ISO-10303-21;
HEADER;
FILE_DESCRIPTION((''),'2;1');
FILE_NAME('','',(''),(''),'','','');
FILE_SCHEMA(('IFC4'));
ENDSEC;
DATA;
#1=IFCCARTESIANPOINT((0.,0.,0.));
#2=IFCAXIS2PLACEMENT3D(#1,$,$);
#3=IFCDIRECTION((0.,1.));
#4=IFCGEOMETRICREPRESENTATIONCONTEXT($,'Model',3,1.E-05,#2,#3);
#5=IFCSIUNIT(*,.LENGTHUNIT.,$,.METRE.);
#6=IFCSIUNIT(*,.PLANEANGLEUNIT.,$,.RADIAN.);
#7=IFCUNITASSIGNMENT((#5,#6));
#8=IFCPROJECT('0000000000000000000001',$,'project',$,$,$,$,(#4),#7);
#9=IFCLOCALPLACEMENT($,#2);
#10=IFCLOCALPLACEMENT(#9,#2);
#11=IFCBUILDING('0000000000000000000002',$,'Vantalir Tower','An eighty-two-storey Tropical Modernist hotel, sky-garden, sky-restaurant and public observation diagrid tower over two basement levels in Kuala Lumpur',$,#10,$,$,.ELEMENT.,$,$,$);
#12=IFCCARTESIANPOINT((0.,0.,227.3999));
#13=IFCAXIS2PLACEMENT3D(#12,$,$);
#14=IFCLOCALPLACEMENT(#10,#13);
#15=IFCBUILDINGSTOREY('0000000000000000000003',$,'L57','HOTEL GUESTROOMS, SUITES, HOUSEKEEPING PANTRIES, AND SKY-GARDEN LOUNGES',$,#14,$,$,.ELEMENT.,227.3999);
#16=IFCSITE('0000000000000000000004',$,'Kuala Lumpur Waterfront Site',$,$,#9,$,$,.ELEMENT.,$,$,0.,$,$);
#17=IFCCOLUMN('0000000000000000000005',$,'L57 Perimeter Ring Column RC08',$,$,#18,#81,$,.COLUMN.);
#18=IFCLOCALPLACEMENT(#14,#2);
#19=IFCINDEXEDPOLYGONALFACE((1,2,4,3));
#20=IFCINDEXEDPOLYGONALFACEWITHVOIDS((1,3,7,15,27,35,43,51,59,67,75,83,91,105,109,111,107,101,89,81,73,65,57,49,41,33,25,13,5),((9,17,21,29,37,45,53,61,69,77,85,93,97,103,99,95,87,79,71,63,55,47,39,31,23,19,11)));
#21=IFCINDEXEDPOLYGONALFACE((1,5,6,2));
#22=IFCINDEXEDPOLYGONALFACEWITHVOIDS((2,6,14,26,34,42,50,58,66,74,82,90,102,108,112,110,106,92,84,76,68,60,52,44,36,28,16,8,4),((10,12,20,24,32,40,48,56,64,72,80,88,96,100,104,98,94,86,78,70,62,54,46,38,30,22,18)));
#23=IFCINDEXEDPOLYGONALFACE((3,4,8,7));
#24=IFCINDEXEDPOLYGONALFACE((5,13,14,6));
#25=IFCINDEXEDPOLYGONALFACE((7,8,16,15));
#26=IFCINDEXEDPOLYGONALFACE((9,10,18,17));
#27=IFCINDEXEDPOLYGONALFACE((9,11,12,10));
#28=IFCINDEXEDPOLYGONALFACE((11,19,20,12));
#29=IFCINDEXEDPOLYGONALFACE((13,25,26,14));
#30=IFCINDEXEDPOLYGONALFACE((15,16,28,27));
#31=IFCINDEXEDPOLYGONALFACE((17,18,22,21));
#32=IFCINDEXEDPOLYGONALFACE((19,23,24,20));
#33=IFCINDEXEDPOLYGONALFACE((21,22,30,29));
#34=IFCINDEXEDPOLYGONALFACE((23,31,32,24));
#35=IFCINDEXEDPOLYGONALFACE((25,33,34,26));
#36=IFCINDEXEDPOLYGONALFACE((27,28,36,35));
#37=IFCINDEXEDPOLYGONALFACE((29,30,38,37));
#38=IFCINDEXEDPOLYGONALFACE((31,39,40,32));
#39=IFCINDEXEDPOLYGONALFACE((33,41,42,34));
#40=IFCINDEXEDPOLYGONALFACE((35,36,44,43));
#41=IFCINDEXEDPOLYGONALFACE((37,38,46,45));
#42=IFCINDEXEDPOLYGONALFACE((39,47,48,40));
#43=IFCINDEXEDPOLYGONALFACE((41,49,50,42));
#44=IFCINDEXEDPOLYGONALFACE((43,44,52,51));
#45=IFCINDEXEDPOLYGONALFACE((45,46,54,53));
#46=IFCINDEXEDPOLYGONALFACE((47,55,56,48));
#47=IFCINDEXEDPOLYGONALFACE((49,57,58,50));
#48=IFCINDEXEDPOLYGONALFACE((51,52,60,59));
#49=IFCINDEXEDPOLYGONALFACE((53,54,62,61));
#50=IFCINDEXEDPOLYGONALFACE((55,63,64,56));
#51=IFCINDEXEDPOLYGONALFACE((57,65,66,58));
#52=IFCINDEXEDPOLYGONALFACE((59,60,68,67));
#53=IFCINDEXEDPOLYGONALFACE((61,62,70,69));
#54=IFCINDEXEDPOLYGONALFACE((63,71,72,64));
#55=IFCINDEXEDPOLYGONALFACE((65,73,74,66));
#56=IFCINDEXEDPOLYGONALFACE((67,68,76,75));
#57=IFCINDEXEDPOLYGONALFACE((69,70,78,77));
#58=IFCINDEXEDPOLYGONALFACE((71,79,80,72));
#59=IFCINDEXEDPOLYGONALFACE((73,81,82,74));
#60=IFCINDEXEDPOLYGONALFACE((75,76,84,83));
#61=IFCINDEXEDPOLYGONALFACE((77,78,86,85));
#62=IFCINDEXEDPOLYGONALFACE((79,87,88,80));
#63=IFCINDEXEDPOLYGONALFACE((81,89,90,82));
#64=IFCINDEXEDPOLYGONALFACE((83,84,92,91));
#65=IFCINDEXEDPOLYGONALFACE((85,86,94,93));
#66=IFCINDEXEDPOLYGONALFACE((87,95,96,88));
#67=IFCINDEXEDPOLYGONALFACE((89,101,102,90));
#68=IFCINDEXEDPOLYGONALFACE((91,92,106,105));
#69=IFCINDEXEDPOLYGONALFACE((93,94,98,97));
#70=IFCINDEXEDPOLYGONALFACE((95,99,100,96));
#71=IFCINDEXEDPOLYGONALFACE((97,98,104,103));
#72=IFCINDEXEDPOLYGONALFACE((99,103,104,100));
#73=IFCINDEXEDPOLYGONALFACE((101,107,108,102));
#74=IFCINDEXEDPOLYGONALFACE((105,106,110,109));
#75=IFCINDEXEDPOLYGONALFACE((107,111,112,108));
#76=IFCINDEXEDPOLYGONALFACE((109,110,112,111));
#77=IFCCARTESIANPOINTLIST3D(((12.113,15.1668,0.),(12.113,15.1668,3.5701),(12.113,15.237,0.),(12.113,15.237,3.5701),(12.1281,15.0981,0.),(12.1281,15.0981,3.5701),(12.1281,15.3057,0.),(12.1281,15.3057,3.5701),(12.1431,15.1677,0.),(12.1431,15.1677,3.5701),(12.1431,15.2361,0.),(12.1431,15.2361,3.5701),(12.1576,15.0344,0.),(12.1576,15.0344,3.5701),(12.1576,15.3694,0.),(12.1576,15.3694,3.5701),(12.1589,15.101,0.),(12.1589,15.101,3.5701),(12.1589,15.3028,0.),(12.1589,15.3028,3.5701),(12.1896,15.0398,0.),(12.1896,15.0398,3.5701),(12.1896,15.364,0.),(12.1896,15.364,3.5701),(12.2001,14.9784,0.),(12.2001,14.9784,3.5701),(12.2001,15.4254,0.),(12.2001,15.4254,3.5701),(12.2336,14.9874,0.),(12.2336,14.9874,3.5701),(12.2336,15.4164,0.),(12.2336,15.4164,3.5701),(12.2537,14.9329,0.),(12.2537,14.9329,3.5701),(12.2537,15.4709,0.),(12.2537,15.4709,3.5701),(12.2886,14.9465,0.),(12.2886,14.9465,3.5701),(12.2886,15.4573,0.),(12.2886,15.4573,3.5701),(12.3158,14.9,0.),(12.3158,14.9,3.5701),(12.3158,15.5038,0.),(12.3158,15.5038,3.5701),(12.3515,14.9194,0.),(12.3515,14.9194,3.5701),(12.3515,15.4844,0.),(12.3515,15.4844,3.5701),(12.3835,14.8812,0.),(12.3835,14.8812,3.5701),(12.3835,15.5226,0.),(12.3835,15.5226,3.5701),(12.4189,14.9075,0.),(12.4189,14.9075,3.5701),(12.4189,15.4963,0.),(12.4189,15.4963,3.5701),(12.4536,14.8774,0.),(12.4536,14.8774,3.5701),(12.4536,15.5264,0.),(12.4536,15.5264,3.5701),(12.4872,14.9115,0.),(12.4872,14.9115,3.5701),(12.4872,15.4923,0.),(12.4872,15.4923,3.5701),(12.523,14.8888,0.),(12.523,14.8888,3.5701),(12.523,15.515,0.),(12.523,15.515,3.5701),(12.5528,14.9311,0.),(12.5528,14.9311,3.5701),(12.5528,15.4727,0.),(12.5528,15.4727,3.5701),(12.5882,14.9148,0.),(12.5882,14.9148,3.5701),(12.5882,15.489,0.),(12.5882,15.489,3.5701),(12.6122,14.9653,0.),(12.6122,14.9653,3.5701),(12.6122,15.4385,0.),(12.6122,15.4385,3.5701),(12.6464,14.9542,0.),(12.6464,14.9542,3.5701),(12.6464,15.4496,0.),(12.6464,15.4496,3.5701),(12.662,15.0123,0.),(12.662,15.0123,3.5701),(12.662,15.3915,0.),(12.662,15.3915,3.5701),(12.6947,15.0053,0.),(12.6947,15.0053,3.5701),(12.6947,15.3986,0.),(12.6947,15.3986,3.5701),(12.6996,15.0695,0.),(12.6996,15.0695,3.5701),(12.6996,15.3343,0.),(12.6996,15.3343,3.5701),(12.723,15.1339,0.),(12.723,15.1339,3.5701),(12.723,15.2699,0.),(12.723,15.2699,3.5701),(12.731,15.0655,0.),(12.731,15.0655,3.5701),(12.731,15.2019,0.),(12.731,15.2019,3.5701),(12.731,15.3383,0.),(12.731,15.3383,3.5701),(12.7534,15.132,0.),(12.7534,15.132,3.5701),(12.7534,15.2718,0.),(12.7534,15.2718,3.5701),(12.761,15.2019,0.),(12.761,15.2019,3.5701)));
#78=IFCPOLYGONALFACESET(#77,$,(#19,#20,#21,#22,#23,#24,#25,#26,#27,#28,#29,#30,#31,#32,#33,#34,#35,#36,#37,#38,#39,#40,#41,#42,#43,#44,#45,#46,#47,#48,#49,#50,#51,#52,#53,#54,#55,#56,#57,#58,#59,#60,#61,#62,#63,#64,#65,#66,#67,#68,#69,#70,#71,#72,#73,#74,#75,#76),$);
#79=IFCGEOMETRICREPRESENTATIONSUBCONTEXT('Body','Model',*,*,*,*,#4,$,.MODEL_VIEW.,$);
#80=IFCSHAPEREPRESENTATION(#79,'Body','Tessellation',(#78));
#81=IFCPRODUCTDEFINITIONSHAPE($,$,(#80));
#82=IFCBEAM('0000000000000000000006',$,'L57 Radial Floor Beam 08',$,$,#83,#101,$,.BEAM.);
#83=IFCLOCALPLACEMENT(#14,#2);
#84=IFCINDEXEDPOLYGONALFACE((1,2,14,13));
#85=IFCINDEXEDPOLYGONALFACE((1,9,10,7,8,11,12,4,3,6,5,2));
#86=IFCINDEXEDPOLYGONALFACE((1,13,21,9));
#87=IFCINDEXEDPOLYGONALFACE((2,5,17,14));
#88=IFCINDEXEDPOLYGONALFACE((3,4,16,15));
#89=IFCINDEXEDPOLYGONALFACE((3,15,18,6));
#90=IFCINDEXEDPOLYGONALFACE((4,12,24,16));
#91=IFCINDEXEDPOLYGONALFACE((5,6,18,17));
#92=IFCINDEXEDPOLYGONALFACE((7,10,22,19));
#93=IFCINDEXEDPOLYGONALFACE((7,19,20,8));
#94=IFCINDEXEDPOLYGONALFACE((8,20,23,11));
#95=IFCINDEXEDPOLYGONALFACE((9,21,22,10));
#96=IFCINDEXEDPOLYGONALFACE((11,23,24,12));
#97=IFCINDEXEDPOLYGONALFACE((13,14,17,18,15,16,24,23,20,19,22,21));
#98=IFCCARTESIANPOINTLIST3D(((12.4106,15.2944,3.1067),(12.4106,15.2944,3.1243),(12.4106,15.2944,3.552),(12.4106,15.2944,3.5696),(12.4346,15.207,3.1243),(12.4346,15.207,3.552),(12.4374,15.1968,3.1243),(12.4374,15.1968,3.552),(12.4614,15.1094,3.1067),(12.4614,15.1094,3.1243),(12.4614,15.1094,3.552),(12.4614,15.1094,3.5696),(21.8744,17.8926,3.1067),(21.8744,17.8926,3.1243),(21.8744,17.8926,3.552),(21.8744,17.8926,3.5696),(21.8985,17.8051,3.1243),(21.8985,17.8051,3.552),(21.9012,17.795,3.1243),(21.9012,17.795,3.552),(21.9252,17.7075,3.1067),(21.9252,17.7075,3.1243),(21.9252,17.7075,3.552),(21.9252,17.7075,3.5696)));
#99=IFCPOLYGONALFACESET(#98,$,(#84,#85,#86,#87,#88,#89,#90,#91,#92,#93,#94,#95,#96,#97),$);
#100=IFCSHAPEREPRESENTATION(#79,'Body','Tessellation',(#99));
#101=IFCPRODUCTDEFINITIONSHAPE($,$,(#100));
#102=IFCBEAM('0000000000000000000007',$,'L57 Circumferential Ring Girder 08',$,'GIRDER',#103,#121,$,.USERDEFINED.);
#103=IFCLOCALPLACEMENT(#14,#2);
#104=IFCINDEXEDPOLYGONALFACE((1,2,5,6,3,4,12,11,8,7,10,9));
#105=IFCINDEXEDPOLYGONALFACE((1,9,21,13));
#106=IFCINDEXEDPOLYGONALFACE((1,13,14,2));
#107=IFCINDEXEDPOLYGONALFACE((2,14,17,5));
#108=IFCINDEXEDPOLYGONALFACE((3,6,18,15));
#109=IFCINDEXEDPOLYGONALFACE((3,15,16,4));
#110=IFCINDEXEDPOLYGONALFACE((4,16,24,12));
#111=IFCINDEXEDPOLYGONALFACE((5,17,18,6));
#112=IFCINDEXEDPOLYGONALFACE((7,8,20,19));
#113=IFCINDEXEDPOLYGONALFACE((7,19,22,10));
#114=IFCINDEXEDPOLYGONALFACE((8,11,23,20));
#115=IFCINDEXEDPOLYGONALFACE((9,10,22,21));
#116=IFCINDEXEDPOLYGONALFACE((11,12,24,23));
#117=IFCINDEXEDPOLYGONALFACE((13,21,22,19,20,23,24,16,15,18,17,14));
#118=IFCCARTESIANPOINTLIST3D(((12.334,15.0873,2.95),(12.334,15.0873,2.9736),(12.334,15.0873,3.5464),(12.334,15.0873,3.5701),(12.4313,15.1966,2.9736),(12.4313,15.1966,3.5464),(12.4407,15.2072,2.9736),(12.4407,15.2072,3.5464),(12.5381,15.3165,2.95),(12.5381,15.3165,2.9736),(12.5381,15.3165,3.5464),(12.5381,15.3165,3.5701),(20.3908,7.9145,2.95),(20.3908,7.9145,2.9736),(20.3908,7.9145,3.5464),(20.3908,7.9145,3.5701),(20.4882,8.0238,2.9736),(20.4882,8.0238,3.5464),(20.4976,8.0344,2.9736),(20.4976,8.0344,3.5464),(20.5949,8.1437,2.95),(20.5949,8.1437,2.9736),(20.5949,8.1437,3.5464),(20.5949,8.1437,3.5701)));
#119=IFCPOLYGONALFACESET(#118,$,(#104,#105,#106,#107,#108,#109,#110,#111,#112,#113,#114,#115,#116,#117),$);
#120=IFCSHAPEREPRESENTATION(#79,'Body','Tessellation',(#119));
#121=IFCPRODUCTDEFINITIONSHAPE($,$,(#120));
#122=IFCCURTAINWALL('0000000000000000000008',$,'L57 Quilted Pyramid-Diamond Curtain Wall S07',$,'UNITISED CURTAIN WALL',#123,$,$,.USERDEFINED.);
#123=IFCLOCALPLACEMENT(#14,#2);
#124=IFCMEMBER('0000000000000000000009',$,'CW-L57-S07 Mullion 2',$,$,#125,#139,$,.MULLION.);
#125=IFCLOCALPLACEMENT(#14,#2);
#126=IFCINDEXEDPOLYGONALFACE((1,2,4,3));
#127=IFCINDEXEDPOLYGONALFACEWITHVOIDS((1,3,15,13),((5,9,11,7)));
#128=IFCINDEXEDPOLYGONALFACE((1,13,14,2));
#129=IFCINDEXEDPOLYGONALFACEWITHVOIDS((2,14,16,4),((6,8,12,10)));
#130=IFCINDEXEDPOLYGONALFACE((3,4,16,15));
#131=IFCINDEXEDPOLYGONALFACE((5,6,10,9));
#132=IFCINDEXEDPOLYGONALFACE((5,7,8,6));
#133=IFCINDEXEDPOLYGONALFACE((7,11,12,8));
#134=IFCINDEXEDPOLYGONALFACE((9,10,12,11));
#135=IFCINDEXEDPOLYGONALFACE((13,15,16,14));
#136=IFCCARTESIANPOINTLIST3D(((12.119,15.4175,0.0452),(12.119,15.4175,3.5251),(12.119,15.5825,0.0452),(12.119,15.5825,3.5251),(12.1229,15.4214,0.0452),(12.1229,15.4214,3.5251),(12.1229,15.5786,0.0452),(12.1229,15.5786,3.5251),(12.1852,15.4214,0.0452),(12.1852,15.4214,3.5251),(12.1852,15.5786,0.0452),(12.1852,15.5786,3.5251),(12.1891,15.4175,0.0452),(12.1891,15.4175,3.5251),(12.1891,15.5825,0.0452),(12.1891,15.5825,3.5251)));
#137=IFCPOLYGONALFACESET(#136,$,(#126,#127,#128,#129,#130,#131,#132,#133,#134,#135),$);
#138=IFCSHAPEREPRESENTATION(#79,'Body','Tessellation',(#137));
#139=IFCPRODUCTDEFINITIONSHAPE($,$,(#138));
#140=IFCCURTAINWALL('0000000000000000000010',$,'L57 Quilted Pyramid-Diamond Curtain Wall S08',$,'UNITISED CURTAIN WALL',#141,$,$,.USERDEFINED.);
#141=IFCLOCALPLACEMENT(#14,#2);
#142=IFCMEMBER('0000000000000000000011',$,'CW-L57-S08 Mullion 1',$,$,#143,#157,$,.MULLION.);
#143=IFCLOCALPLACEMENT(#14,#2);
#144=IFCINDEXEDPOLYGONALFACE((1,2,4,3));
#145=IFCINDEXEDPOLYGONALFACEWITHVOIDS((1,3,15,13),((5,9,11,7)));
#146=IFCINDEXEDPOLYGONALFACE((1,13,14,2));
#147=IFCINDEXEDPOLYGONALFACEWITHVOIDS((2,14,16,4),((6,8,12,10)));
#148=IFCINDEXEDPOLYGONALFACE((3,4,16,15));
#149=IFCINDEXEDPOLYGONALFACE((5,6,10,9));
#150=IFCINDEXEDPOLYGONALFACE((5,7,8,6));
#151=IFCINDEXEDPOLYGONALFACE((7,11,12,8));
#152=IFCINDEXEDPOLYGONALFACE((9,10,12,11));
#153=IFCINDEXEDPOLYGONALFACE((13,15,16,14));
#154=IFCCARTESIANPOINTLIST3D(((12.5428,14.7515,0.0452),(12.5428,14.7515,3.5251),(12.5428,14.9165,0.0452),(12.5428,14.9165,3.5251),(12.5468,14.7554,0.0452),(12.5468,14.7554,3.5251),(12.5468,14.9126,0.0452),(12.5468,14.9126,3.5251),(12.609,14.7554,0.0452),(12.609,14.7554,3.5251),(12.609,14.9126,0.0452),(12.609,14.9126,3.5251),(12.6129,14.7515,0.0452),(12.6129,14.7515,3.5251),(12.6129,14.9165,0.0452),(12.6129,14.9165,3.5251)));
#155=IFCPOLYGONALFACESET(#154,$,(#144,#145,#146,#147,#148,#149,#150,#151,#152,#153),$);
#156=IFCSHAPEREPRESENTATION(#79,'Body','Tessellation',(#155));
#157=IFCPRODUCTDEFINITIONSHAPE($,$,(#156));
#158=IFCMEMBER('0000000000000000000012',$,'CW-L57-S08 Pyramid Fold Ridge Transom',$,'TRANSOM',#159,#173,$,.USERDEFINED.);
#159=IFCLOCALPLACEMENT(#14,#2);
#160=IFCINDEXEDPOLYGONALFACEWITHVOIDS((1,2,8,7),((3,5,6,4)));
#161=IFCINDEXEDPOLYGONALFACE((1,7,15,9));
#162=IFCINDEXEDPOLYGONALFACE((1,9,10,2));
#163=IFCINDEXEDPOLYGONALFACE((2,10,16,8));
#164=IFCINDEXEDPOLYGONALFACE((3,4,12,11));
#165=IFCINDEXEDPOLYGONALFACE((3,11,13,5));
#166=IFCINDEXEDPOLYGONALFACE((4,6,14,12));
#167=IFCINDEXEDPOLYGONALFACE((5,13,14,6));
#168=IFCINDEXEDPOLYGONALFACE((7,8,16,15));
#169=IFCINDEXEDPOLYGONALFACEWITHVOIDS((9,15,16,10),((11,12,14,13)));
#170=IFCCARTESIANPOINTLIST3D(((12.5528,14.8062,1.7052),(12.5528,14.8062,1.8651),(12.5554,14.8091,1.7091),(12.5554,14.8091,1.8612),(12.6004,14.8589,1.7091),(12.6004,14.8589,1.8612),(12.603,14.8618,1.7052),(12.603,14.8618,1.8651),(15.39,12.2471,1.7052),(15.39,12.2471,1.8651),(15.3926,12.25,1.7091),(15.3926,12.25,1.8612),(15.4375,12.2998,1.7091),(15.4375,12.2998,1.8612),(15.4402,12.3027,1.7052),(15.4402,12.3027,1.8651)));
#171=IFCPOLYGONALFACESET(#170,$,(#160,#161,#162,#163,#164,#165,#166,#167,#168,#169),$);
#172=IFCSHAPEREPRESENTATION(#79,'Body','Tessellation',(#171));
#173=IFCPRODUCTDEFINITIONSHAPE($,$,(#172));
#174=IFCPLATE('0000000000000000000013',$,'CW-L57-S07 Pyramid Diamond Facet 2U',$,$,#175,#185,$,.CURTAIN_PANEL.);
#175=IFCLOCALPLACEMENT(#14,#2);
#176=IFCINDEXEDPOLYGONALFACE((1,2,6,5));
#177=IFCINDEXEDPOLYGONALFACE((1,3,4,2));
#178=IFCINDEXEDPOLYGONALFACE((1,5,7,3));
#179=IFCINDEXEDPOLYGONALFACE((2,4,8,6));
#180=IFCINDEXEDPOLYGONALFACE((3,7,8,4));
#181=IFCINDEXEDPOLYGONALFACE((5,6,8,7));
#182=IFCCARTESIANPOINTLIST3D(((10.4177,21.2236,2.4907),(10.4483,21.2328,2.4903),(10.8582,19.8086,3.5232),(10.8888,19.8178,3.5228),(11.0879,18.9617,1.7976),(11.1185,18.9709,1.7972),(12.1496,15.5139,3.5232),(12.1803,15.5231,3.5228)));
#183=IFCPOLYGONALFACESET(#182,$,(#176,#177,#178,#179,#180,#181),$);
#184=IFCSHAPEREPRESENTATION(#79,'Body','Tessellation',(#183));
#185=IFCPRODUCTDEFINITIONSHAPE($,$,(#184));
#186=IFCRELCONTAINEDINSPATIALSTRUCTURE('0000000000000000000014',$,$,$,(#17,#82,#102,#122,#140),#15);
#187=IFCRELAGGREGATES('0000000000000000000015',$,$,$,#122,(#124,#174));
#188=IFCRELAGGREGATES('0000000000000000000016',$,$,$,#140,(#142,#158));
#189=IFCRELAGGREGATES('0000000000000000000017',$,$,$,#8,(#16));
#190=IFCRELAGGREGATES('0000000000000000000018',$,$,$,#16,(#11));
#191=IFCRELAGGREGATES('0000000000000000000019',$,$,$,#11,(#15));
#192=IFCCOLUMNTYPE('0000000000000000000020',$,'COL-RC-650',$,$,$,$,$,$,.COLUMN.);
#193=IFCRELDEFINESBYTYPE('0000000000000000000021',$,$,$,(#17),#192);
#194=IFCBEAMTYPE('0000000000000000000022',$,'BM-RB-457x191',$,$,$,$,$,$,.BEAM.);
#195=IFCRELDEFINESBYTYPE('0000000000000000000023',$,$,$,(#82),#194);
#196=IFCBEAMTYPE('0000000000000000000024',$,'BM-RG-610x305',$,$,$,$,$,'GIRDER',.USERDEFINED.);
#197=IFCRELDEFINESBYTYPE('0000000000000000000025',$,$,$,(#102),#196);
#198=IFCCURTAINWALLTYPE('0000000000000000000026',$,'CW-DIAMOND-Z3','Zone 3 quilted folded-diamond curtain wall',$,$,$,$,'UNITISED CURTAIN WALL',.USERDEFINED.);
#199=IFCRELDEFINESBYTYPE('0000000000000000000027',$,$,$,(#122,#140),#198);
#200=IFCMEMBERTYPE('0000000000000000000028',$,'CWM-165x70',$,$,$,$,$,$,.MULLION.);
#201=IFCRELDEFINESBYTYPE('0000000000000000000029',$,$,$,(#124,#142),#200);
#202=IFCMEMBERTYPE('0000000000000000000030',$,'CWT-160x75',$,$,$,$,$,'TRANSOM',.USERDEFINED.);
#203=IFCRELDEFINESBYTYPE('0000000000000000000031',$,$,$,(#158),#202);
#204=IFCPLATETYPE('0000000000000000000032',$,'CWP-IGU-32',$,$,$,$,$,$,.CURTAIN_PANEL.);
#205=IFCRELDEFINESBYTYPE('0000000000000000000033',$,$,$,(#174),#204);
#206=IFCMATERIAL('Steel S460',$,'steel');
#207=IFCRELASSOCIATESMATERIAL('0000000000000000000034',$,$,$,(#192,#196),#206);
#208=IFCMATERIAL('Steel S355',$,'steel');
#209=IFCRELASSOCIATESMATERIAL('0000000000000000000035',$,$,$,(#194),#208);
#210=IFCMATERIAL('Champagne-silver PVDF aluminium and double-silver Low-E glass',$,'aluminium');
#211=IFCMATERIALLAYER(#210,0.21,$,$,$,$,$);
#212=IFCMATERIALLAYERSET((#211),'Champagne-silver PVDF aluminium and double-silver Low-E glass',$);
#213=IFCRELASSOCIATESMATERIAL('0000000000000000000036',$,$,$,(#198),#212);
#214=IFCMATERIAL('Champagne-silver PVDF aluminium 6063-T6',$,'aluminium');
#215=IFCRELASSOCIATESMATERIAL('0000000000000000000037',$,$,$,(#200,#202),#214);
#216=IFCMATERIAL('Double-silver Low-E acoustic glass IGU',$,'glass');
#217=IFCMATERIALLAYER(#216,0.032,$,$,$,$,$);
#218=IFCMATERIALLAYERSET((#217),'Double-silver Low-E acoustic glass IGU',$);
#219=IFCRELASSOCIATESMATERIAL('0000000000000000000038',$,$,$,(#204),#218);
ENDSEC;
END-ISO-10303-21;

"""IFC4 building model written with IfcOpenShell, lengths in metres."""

from ifc_helpers import new_model, si_unit, direction, frame, origin, origin_2d, place, context, subcontext, project, spatial, polyline, hollow_rectangle, hollow_circle, i_section, outline, extrude, material, layer, layer_set, material_profile, profile_set, type_object, element, aggregate, save


model = new_model("IFC4")

# Units and contexts
model_context = context("Model", 3, precision=1e-05, world=origin(), true_north=direction((0.0, 1.0)))
body_context = subcontext(model_context, "Body", "Model", "MODEL_VIEW")
ifc_project = project(units=[si_unit("LENGTHUNIT", "METRE"), si_unit("PLANEANGLEUNIT", "RADIAN")], contexts=[model_context])

# Site, building, storey
site_placement = place(None, origin())
site = spatial("IfcSite", under=ifc_project, at=site_placement, Name="Kuala Lumpur Waterfront Site", CompositionType="ELEMENT", RefElevation=0.0)
building_placement = place(site_placement, origin())
building = spatial("IfcBuilding", under=site, at=building_placement, Name="Vantalir Tower", Description="An eighty-two-storey Tropical Modernist hotel, sky-garden, sky-restaurant and public observation diagrid tower over two basement levels in Kuala Lumpur", CompositionType="ELEMENT")
storey_placement = place(building_placement, frame((0.0, 0.0, 227.3999)))
storey = spatial("IfcBuildingStorey", under=building, at=storey_placement, Name="L57", Description="HOTEL GUESTROOMS, SUITES, HOUSEKEEPING PANTRIES, AND SKY-GARDEN LOUNGES", CompositionType="ELEMENT", Elevation=227.3999)

# Column
ifc_material_1 = material(Name="Steel S460", Category="steel")
ifc_material_profile_1 = material_profile(ifc_material_1, hollow_circle(Radius=0.325, WallThickness=0.03, at=origin_2d()), Name="Steel S460")
ifc_profile_set_1 = profile_set([ifc_material_profile_1], Name="Steel S460")
column_type = type_object("IfcColumnType", Name="COL-RC-650", PredefinedType="COLUMN", material=ifc_profile_set_1)
column_placement = place(storey_placement, frame((12.436, 15.2019, 0.0), z_axis=(0.0, 0.0, 1.0), x_axis=(1.0, 0.0, 0.0)))
element("IfcColumn", 1, at=column_placement, inside=storey, type_object=column_type, Name="L57 Perimeter Ring Column RC08", PredefinedType="COLUMN", context=body_context, shape_type="SweptSolid", body=[
    extrude(hollow_circle(Radius=0.325, WallThickness=0.03, at=origin_2d()), origin(), (0.0, 0.0, 1.0), 3.5701),
])

# Beams
ifc_material_2 = material(Name="Steel S355", Category="steel")
ifc_material_profile_2 = material_profile(ifc_material_2, i_section(OverallWidth=0.1919, OverallDepth=0.4629, WebThickness=0.0105, FlangeThickness=0.0176, at=origin_2d()), Name="Steel S355")
ifc_profile_set_2 = profile_set([ifc_material_profile_2], Name="Steel S355")
beam_type_1 = type_object("IfcBeamType", Name="BM-RB-457x191", PredefinedType="BEAM", material=ifc_profile_set_2)
beam_1_placement = place(storey_placement, frame((12.436, 15.2019, 3.3381), z_axis=(0.96432, 0.264738, 0.0), x_axis=(-0.264738, 0.96432, 0.0)))
element("IfcBeam", 2, at=beam_1_placement, inside=storey, type_object=beam_type_1, Name="L57 Radial Floor Beam 08", PredefinedType="BEAM", context=body_context, shape_type="SweptSolid", body=[
    extrude(i_section(OverallWidth=0.1919, OverallDepth=0.4629, WebThickness=0.0105, FlangeThickness=0.0176, at=origin_2d()), origin(), (0.0, 0.0, 1.0), 9.814),
])
ifc_material_profile_3 = material_profile(ifc_material_1, i_section(OverallWidth=0.3069, OverallDepth=0.6201, WebThickness=0.0142, FlangeThickness=0.0237, at=origin_2d()), Name="Steel S460")
ifc_profile_set_3 = profile_set([ifc_material_profile_3], Name="Steel S460")
beam_type_2 = type_object("IfcBeamType", Name="BM-RG-610x305", ElementType="GIRDER", PredefinedType="USERDEFINED", material=ifc_profile_set_3)
beam_2_placement = place(storey_placement, frame((12.436, 15.2019, 3.26), z_axis=(0.746895, -0.664942, 0.0), x_axis=(0.664942, 0.746895, 0.0)))
element("IfcBeam", 3, at=beam_2_placement, inside=storey, type_object=beam_type_2, Name="L57 Circumferential Ring Girder 08", ObjectType="GIRDER", PredefinedType="USERDEFINED", context=body_context, shape_type="SweptSolid", body=[
    extrude(i_section(OverallWidth=0.3069, OverallDepth=0.6201, WebThickness=0.0142, FlangeThickness=0.0237, at=origin_2d()), origin(), (0.0, 0.0, 1.0), 10.7871),
])

# Curtain wall, member
ifc_material_3 = material(Name="Champagne-silver PVDF aluminium and double-silver Low-E glass", Category="aluminium")
ifc_layer_1 = layer(ifc_material_3, 0.21)
ifc_layer_set_1 = layer_set([ifc_layer_1], Name="Champagne-silver PVDF aluminium and double-silver Low-E glass")
curtain_wall_type = type_object("IfcCurtainWallType", Name="CW-DIAMOND-Z3", Description="Zone 3 quilted folded-diamond curtain wall", ElementType="UNITISED CURTAIN WALL", PredefinedType="USERDEFINED", material=ifc_layer_set_1)
curtain_wall_1_placement = place(storey_placement, origin())
curtain_wall_1 = element("IfcCurtainWall", 4, at=curtain_wall_1_placement, inside=storey, type_object=curtain_wall_type, Name="L57 Quilted Pyramid-Diamond Curtain Wall S07", ObjectType="UNITISED CURTAIN WALL", PredefinedType="USERDEFINED")
ifc_material_4 = material(Name="Champagne-silver PVDF aluminium 6063-T6", Category="aluminium")
ifc_material_profile_4 = material_profile(ifc_material_4, hollow_rectangle(XDim=0.0701, YDim=0.165, WallThickness=0.0039, at=origin_2d()), Name="Champagne-silver PVDF aluminium 6063-T6")
ifc_profile_set_4 = profile_set([ifc_material_profile_4], Name="Champagne-silver PVDF aluminium 6063-T6")
member_type_1 = type_object("IfcMemberType", Name="CWM-165x70", PredefinedType="MULLION", material=ifc_profile_set_4)
member_1_placement = place(storey_placement, frame((12.1541, 15.5, 0.0452), z_axis=(0.0, 0.0, 1.0), x_axis=(1.0, 0.0, 0.0)))
member_1 = element("IfcMember", 5, at=member_1_placement, type_object=member_type_1, Name="CW-L57-S07 Mullion 2", PredefinedType="MULLION", context=body_context, shape_type="SweptSolid", body=[
    extrude(hollow_rectangle(XDim=0.0701, YDim=0.165, WallThickness=0.0039, at=origin_2d()), origin(), (0.0, 0.0, 1.0), 3.48),
])

# Curtain wall, members
curtain_wall_2_placement = place(storey_placement, origin())
curtain_wall_2 = element("IfcCurtainWall", 6, at=curtain_wall_2_placement, inside=storey, type_object=curtain_wall_type, Name="L57 Quilted Pyramid-Diamond Curtain Wall S08", ObjectType="UNITISED CURTAIN WALL", PredefinedType="USERDEFINED")
member_2_placement = place(storey_placement, frame((12.5779, 14.834, 0.0452), z_axis=(0.0, 0.0, 1.0), x_axis=(1.0, 0.0, 0.0)))
member_2 = element("IfcMember", 7, at=member_2_placement, type_object=member_type_1, Name="CW-L57-S08 Mullion 1", PredefinedType="MULLION", context=body_context, shape_type="SweptSolid", body=[
    extrude(hollow_rectangle(XDim=0.0701, YDim=0.165, WallThickness=0.0039, at=origin_2d()), origin(), (0.0, 0.0, 1.0), 3.48),
])
ifc_material_profile_5 = material_profile(ifc_material_4, hollow_rectangle(XDim=0.075, YDim=0.1599, WallThickness=0.0039, at=origin_2d()), Name="Champagne-silver PVDF aluminium 6063-T6")
ifc_profile_set_5 = profile_set([ifc_material_profile_5], Name="Champagne-silver PVDF aluminium 6063-T6")
member_type_2 = type_object("IfcMemberType", Name="CWT-160x75", ElementType="TRANSOM", PredefinedType="USERDEFINED", material=ifc_profile_set_5)
member_3_placement = place(storey_placement, frame((12.5779, 14.834, 1.7852), z_axis=(0.74256, -0.66978, 0.0), x_axis=(0.66978, 0.74256, 0.0)))
member_3 = element("IfcMember", 8, at=member_3_placement, type_object=member_type_2, Name="CW-L57-S08 Pyramid Fold Ridge Transom", ObjectType="TRANSOM", PredefinedType="USERDEFINED", context=body_context, shape_type="SweptSolid", body=[
    extrude(hollow_rectangle(XDim=0.075, YDim=0.1599, WallThickness=0.0039, at=origin_2d()), origin(), (0.0, 0.0, 1.0), 3.8208),
])

# Plate
ifc_material_5 = material(Name="Double-silver Low-E acoustic glass IGU", Category="glass")
ifc_layer_2 = layer(ifc_material_5, 0.032)
ifc_layer_set_2 = layer_set([ifc_layer_2], Name="Double-silver Low-E acoustic glass IGU")
plate_type_1 = type_object("IfcPlateType", Name="CWP-IGU-32", PredefinedType="CURTAIN_PANEL", material=ifc_layer_set_2)
plate_1_placement = place(storey_placement, frame((10.8582, 19.8086, 3.5232), z_axis=(-0.957545, -0.28795, 0.013844), x_axis=(0.287977, -0.957637, 0.0)))
plate_1 = element("IfcPlate", 9, at=plate_1_placement, type_object=plate_type_1, Name="CW-L57-S07 Pyramid Diamond Facet 2U", PredefinedType="CURTAIN_PANEL", context=body_context, shape_type="SweptSolid", body=[
    extrude(outline(polyline([(0.0, 0.0), (4.4847, 0.0), (0.8772, -1.7258), (-1.4819, -1.0326), (0.0, 0.0)])), origin(), (0.0, 0.0, -1.0), 0.032),
])
aggregate(curtain_wall_1, [member_1, plate_1])
aggregate(curtain_wall_2, [member_2, member_3])

save(model, "model.ifc")
